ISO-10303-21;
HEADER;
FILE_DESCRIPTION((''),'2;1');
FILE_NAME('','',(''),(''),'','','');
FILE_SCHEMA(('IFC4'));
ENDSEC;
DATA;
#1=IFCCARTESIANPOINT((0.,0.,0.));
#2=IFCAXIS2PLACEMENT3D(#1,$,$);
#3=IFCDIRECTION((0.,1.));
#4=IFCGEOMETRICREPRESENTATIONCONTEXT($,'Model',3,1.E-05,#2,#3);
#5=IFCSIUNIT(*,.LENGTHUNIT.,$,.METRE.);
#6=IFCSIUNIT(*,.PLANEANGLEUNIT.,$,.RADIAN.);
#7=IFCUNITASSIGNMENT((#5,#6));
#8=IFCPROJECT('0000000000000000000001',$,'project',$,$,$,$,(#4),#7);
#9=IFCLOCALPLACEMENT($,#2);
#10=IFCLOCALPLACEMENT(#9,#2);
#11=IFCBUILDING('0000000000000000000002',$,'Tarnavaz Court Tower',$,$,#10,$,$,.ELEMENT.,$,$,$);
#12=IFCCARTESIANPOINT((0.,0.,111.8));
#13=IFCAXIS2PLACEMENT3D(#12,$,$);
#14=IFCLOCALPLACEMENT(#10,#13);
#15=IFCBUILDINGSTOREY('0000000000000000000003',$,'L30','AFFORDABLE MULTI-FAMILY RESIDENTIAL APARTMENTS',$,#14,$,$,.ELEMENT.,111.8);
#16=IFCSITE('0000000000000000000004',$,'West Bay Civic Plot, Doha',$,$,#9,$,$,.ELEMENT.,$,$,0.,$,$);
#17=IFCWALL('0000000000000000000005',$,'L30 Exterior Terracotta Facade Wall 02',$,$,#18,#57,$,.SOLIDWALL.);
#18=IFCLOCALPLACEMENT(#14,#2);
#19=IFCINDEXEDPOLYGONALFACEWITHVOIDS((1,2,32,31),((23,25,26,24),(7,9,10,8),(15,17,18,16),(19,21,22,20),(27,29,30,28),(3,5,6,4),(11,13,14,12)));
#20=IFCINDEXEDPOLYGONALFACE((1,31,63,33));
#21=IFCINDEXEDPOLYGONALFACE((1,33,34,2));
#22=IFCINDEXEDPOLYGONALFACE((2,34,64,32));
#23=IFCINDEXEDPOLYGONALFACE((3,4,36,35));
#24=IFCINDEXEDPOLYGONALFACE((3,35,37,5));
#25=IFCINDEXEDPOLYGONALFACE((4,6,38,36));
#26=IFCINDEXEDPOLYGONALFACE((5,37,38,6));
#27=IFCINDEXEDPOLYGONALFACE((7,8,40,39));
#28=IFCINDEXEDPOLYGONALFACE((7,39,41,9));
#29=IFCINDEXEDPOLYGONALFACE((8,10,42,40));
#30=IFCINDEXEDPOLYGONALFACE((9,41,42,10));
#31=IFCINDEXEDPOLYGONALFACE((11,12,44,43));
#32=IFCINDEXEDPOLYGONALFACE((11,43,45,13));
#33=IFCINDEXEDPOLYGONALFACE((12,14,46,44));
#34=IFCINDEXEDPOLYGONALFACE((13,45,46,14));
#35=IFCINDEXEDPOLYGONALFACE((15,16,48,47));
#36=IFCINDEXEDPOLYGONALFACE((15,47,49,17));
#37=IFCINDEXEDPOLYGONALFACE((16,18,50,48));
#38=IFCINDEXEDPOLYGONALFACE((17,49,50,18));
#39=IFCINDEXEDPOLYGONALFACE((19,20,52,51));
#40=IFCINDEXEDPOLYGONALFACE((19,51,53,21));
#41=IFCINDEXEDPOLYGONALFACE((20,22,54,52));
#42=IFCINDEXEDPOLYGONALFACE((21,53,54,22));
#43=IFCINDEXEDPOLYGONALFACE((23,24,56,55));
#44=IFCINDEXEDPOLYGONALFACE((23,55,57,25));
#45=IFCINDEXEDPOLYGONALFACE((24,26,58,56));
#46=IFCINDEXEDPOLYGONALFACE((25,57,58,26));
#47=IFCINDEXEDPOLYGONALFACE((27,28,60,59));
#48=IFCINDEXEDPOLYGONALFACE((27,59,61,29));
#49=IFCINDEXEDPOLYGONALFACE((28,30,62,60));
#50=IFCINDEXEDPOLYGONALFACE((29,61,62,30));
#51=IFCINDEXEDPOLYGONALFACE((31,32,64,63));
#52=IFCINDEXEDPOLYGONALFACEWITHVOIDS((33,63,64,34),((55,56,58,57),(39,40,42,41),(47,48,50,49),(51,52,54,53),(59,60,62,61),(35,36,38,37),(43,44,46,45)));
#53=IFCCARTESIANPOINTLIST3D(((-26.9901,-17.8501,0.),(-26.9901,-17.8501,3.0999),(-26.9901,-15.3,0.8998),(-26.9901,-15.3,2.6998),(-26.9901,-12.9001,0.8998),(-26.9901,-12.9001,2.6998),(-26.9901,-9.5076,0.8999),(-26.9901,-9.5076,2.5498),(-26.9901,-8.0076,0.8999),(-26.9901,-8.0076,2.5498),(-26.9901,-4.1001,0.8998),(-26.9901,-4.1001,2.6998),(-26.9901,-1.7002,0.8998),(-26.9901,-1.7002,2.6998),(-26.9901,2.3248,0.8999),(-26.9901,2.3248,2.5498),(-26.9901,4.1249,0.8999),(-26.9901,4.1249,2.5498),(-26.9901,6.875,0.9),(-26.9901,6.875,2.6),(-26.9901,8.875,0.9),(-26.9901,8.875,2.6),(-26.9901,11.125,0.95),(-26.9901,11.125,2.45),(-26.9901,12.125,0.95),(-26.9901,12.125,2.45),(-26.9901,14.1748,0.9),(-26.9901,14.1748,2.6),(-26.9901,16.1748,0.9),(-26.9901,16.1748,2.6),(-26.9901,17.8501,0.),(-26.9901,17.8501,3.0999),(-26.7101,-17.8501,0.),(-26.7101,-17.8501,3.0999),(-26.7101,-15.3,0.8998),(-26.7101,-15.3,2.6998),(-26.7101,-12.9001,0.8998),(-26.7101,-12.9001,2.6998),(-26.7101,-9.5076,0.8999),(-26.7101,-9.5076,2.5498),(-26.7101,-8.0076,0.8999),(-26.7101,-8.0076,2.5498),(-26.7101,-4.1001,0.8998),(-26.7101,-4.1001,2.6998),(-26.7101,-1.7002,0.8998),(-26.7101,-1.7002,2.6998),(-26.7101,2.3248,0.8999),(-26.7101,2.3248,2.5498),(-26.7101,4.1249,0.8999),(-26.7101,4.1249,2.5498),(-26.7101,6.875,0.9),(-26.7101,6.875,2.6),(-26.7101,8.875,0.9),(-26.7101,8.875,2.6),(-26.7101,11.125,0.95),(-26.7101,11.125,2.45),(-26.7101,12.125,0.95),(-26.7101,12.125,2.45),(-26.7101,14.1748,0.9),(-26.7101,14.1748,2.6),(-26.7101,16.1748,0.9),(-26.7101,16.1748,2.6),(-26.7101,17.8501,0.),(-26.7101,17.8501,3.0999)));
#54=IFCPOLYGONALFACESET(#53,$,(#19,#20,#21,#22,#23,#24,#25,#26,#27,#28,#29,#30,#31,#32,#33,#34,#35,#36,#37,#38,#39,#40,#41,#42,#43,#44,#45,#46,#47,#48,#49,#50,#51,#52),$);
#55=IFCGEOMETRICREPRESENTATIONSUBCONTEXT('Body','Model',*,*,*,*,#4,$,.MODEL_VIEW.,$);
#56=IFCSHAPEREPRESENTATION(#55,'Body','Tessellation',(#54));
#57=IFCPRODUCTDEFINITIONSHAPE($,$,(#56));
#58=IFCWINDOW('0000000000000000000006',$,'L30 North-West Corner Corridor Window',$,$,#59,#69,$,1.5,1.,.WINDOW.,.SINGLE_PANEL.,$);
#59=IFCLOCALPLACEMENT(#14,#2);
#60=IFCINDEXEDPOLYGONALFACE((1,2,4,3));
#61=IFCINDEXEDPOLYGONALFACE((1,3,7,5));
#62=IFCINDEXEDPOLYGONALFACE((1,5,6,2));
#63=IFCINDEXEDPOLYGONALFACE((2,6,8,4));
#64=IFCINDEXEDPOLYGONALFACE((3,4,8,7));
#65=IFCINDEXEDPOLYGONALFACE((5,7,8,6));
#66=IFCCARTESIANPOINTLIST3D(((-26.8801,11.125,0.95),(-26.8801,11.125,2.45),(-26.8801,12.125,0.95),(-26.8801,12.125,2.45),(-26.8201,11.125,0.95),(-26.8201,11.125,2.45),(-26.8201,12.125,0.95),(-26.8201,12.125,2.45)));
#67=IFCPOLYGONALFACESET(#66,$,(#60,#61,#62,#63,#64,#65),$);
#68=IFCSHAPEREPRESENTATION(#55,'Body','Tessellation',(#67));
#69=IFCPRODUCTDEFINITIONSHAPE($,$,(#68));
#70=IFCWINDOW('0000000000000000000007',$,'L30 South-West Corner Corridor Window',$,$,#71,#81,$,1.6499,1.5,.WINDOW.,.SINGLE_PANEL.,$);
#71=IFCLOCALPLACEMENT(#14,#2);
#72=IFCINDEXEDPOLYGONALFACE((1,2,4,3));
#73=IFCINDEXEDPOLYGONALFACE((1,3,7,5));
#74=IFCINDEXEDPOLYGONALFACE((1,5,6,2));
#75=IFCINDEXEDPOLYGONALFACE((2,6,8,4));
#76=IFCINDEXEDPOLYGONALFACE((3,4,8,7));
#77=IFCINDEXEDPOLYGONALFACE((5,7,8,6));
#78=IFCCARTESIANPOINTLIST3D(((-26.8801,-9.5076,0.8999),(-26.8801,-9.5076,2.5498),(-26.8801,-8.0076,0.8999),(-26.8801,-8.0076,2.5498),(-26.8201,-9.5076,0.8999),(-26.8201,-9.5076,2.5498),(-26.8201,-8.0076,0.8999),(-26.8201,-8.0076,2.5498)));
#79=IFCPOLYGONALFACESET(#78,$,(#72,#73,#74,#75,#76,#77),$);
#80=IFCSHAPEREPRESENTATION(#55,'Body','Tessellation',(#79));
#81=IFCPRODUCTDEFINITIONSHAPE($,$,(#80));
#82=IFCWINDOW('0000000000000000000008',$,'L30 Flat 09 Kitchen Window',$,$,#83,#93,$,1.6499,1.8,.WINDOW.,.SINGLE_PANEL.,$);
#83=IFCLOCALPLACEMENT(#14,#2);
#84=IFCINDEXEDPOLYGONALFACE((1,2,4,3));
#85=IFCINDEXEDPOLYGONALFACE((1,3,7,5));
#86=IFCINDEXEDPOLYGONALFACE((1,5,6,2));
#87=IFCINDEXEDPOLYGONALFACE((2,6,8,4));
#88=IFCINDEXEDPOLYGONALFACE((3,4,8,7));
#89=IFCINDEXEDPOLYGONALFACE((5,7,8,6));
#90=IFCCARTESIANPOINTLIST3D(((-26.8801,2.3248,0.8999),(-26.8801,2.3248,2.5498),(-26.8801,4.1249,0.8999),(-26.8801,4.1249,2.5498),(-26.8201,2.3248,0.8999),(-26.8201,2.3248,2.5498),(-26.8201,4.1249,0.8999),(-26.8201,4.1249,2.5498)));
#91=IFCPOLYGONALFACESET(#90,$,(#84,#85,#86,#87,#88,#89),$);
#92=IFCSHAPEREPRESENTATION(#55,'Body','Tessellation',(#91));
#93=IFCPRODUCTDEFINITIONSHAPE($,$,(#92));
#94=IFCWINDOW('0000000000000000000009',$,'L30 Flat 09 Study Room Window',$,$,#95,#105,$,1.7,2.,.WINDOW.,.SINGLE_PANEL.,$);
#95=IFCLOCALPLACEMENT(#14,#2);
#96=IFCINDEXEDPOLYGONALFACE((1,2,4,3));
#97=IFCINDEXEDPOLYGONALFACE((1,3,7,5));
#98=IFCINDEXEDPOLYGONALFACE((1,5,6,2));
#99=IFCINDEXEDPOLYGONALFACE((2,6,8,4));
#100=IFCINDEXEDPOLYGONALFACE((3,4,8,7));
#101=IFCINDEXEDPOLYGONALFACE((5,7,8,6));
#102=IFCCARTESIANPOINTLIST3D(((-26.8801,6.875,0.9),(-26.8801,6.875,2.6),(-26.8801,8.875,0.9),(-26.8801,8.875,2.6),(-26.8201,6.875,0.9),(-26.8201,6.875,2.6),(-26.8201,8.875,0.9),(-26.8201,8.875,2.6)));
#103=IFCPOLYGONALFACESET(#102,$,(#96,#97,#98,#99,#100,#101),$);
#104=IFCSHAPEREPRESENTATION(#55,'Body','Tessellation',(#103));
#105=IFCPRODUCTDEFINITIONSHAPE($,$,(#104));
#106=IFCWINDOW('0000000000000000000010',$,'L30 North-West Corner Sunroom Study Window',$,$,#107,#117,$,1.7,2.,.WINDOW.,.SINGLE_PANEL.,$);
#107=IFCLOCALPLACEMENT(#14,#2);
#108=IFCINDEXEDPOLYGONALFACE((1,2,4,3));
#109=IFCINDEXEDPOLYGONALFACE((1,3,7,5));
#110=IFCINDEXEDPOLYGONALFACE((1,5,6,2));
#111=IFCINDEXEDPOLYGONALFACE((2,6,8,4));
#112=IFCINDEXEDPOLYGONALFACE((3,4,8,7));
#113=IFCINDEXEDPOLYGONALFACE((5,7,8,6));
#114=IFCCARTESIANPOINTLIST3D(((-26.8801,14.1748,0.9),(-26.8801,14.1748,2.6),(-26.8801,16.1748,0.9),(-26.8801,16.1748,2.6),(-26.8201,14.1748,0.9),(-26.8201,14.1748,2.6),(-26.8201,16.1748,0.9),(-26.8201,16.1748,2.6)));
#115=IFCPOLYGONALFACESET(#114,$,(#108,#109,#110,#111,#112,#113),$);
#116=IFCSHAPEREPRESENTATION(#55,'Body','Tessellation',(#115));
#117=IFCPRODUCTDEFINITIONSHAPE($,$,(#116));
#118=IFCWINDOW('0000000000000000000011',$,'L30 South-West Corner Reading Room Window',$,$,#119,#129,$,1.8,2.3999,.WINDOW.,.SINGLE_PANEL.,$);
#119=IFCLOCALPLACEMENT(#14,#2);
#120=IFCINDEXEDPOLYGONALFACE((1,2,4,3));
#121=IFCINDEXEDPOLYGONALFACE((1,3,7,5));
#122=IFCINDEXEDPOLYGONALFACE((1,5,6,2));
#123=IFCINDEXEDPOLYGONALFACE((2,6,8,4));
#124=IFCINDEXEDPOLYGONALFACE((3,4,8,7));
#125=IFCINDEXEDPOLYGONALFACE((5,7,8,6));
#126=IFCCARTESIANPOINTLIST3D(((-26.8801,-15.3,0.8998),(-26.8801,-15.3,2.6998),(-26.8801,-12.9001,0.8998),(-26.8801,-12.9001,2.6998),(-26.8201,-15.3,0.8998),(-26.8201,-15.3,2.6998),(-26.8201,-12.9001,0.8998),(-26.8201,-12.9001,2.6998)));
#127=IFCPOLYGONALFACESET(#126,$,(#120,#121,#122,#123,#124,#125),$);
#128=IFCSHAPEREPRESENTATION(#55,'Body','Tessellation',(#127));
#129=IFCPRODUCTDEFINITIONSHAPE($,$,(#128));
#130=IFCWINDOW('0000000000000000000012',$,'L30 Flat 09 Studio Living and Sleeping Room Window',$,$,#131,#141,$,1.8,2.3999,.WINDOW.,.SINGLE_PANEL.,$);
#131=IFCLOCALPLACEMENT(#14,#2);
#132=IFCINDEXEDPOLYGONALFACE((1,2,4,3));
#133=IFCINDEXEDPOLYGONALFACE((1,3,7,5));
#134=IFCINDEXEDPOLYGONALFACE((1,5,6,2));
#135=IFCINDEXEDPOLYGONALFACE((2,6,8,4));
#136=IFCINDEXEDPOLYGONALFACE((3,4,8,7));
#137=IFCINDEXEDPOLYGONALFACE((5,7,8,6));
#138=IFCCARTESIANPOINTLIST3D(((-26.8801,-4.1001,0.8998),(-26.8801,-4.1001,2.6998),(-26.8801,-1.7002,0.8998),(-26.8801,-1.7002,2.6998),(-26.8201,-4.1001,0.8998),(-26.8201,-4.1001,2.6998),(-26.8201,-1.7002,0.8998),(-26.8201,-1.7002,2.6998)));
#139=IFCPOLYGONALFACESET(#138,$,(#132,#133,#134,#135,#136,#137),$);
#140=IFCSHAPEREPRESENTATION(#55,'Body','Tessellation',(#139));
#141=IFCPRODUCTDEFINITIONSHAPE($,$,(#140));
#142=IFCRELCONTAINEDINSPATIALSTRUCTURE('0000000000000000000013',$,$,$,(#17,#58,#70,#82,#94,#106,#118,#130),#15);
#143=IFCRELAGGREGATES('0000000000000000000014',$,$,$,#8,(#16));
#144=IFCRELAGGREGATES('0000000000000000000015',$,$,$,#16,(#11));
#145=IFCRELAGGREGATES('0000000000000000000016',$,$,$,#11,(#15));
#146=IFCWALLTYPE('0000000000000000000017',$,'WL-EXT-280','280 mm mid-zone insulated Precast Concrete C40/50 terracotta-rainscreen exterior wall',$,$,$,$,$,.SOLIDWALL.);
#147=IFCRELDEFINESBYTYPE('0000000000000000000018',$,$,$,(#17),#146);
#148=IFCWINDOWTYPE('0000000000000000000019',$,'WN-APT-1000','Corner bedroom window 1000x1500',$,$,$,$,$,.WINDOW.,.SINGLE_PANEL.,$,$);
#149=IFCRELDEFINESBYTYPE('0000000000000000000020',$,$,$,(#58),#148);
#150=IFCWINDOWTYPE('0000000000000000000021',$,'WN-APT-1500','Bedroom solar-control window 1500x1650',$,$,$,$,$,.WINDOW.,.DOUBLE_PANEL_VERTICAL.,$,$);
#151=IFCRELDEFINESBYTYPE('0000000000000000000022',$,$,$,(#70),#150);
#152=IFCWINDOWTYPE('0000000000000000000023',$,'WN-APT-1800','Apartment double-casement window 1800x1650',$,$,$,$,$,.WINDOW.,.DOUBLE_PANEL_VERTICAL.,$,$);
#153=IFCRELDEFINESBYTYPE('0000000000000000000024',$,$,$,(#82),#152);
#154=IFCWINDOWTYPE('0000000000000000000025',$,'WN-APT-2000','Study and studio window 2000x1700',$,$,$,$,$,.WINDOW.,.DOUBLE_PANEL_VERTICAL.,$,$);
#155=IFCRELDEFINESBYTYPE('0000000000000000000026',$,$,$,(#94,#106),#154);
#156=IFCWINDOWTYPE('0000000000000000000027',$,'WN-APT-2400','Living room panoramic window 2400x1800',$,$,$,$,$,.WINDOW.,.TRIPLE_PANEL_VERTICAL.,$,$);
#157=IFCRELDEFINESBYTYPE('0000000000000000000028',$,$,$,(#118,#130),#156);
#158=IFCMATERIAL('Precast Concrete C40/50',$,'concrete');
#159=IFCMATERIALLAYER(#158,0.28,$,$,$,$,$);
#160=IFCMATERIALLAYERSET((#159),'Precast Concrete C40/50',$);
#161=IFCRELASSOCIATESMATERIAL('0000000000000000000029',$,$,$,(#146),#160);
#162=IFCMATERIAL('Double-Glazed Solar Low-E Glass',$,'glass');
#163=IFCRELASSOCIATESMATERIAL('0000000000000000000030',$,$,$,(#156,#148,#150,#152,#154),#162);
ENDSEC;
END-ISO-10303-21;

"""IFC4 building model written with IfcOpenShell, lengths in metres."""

from ifc_helpers import new_model, si_unit, direction, frame, frame_2d, origin, place, context, subcontext, project, spatial, rectangle, extrude, material, layer, layer_set, type_object, element, fill, save


model = new_model("IFC4")

# Units and contexts
model_context = context("Model", 3, precision=1e-05, world=origin(), true_north=direction((0.0, 1.0)))
body_context = subcontext(model_context, "Body", "Model", "MODEL_VIEW")
ifc_project = project(units=[si_unit("LENGTHUNIT", "METRE"), si_unit("PLANEANGLEUNIT", "RADIAN")], contexts=[model_context])

# Site, building, storey
site_placement = place(None, origin())
site = spatial("IfcSite", under=ifc_project, at=site_placement, Name="West Bay Civic Plot, Doha", CompositionType="ELEMENT", RefElevation=0.0)
building_placement = place(site_placement, origin())
building = spatial("IfcBuilding", under=site, at=building_placement, Name="Tarnavaz Court Tower", CompositionType="ELEMENT")
storey_placement = place(building_placement, frame((0.0, 0.0, 111.8)))
storey = spatial("IfcBuildingStorey", under=building, at=storey_placement, Name="L30", Description="AFFORDABLE MULTI-FAMILY RESIDENTIAL APARTMENTS", CompositionType="ELEMENT", Elevation=111.8)

# Shared definitions
ifc_material_1 = material(Name="Precast Concrete C40/50", Category="concrete")
ifc_layer_1 = layer(ifc_material_1, 0.28)
ifc_layer_set_1 = layer_set([ifc_layer_1], Name="Precast Concrete C40/50")
wall_type_1 = type_object("IfcWallType", Name="WL-EXT-280", Description="280 mm mid-zone insulated Precast Concrete C40/50 terracotta-rainscreen exterior wall", PredefinedType="SOLIDWALL", material=ifc_layer_set_1)
ifc_material_2 = material(Name="Double-Glazed Solar Low-E Glass", Category="glass")
window_type_1 = type_object("IfcWindowType", Name="WN-APT-2400", Description="Living room panoramic window 2400x1800", PartitioningType="TRIPLE_PANEL_VERTICAL", PredefinedType="WINDOW", material=ifc_material_2)

# Wall, openings, windows
wall_1_placement = place(storey_placement, frame((-26.8501, -17.8501, 0.0), z_axis=(0.0, 0.0, 1.0), x_axis=(0.0, 1.0, 0.0)))
wall_1 = element("IfcWall", 1, at=wall_1_placement, inside=storey, type_object=wall_type_1, Name="L30 Exterior Terracotta Facade Wall 02", PredefinedType="SOLIDWALL", context=body_context, shape_type="SweptSolid", body=[
    extrude(rectangle(XDim=35.7002, YDim=0.28, at=frame_2d((17.8501, 0.0))), origin(), (0.0, 0.0, 1.0), 3.0999),
])
opening_1_placement = place(wall_1_placement, frame((2.55, 0.0, 0.8999)))
opening_1 = element("IfcOpeningElement", 2, at=opening_1_placement, cuts=wall_1, PredefinedType="OPENING", context=body_context, shape_type="SweptSolid", body=[
    extrude(rectangle(XDim=2.3999, YDim=1.8, at=frame_2d((1.2, 0.8999))), frame((0.0, 0.1499, 0.0), z_axis=(0.0, -1.0, 0.0), x_axis=(1.0, 0.0, 0.0)), (0.0, 0.0, 1.0), 0.3),
])
opening_2_placement = place(wall_1_placement, frame((8.3425, 0.0, 0.8999)))
opening_2 = element("IfcOpeningElement", 3, at=opening_2_placement, cuts=wall_1, PredefinedType="OPENING", context=body_context, shape_type="SweptSolid", body=[
    extrude(rectangle(XDim=1.5, YDim=1.6499, at=frame_2d((0.75, 0.825))), frame((0.0, 0.1499, 0.0), z_axis=(0.0, -1.0, 0.0), x_axis=(1.0, 0.0, 0.0)), (0.0, 0.0, 1.0), 0.3),
])
opening_3_placement = place(wall_1_placement, frame((13.75, 0.0, 0.8999)))
opening_3 = element("IfcOpeningElement", 4, at=opening_3_placement, cuts=wall_1, PredefinedType="OPENING", context=body_context, shape_type="SweptSolid", body=[
    extrude(rectangle(XDim=2.3999, YDim=1.8, at=frame_2d((1.2, 0.8999))), frame((0.0, 0.1499, 0.0), z_axis=(0.0, -1.0, 0.0), x_axis=(1.0, 0.0, 0.0)), (0.0, 0.0, 1.0), 0.3),
])
opening_4_placement = place(wall_1_placement, frame((20.175, 0.0, 0.8999)))
opening_4 = element("IfcOpeningElement", 5, at=opening_4_placement, cuts=wall_1, PredefinedType="OPENING", context=body_context, shape_type="SweptSolid", body=[
    extrude(rectangle(XDim=1.8, YDim=1.6499, at=frame_2d((0.8999, 0.825))), frame((0.0, 0.1499, 0.0), z_axis=(0.0, -1.0, 0.0), x_axis=(1.0, 0.0, 0.0)), (0.0, 0.0, 1.0), 0.3),
])
opening_5_placement = place(wall_1_placement, frame((24.7251, 0.0, 0.8999)))
opening_5 = element("IfcOpeningElement", 6, at=opening_5_placement, cuts=wall_1, PredefinedType="OPENING", context=body_context, shape_type="SweptSolid", body=[
    extrude(rectangle(XDim=2.0, YDim=1.7, at=frame_2d((1.0, 0.8501))), frame((0.0, 0.1499, 0.0), z_axis=(0.0, -1.0, 0.0), x_axis=(1.0, 0.0, 0.0)), (0.0, 0.0, 1.0), 0.3),
])
opening_6_placement = place(wall_1_placement, frame((28.9751, 0.0, 0.95)))
opening_6 = element("IfcOpeningElement", 7, at=opening_6_placement, cuts=wall_1, PredefinedType="OPENING", context=body_context, shape_type="SweptSolid", body=[
    extrude(rectangle(XDim=1.0, YDim=1.5, at=frame_2d((0.5, 0.75))), frame((0.0, 0.1499, 0.0), z_axis=(0.0, -1.0, 0.0), x_axis=(1.0, 0.0, 0.0)), (0.0, 0.0, 1.0), 0.3),
])
opening_7_placement = place(wall_1_placement, frame((32.0249, 0.0, 0.8999)))
opening_7 = element("IfcOpeningElement", 8, at=opening_7_placement, cuts=wall_1, PredefinedType="OPENING", context=body_context, shape_type="SweptSolid", body=[
    extrude(rectangle(XDim=2.0, YDim=1.7, at=frame_2d((1.0, 0.8501))), frame((0.0, 0.1499, 0.0), z_axis=(0.0, -1.0, 0.0), x_axis=(1.0, 0.0, 0.0)), (0.0, 0.0, 1.0), 0.3),
])
window_type_2 = type_object("IfcWindowType", Name="WN-APT-1000", Description="Corner bedroom window 1000x1500", PartitioningType="SINGLE_PANEL", PredefinedType="WINDOW", material=ifc_material_2)
window_1_placement = place(opening_6_placement, origin())
window_1 = element("IfcWindow", 9, at=window_1_placement, inside=storey, type_object=window_type_2, Name="L30 North-West Corner Corridor Window", OverallHeight=1.5, OverallWidth=1.0, PartitioningType="SINGLE_PANEL", PredefinedType="WINDOW", context=body_context, shape_type="SweptSolid", body=[
    extrude(rectangle(XDim=1.0, YDim=1.5, at=frame_2d((0.5, 0.75))), frame((0.0, 0.03, 0.0), z_axis=(0.0, -1.0, 0.0), x_axis=(1.0, 0.0, 0.0)), (0.0, 0.0, 1.0), 0.0601),
])
fill(opening_6, window_1)
window_type_3 = type_object("IfcWindowType", Name="WN-APT-1500", Description="Bedroom solar-control window 1500x1650", PartitioningType="DOUBLE_PANEL_VERTICAL", PredefinedType="WINDOW", material=ifc_material_2)
window_2_placement = place(opening_2_placement, origin())
window_2 = element("IfcWindow", 10, at=window_2_placement, inside=storey, type_object=window_type_3, Name="L30 South-West Corner Corridor Window", OverallHeight=1.6499, OverallWidth=1.5, PartitioningType="SINGLE_PANEL", PredefinedType="WINDOW", context=body_context, shape_type="SweptSolid", body=[
    extrude(rectangle(XDim=1.5, YDim=1.6499, at=frame_2d((0.75, 0.825))), frame((0.0, 0.03, 0.0), z_axis=(0.0, -1.0, 0.0), x_axis=(1.0, 0.0, 0.0)), (0.0, 0.0, 1.0), 0.0601),
])
fill(opening_2, window_2)
window_type_4 = type_object("IfcWindowType", Name="WN-APT-1800", Description="Apartment double-casement window 1800x1650", PartitioningType="DOUBLE_PANEL_VERTICAL", PredefinedType="WINDOW", material=ifc_material_2)
window_3_placement = place(opening_4_placement, origin())
window_3 = element("IfcWindow", 11, at=window_3_placement, inside=storey, type_object=window_type_4, Name="L30 Flat 09 Kitchen Window", OverallHeight=1.6499, OverallWidth=1.8, PartitioningType="SINGLE_PANEL", PredefinedType="WINDOW", context=body_context, shape_type="SweptSolid", body=[
    extrude(rectangle(XDim=1.8, YDim=1.6499, at=frame_2d((0.8999, 0.825))), frame((0.0, 0.03, 0.0), z_axis=(0.0, -1.0, 0.0), x_axis=(1.0, 0.0, 0.0)), (0.0, 0.0, 1.0), 0.0601),
])
fill(opening_4, window_3)
window_type_5 = type_object("IfcWindowType", Name="WN-APT-2000", Description="Study and studio window 2000x1700", PartitioningType="DOUBLE_PANEL_VERTICAL", PredefinedType="WINDOW", material=ifc_material_2)
window_4_placement = place(opening_5_placement, origin())
window_4 = element("IfcWindow", 12, at=window_4_placement, inside=storey, type_object=window_type_5, Name="L30 Flat 09 Study Room Window", OverallHeight=1.7, OverallWidth=2.0, PartitioningType="SINGLE_PANEL", PredefinedType="WINDOW", context=body_context, shape_type="SweptSolid", body=[
    extrude(rectangle(XDim=2.0, YDim=1.7, at=frame_2d((1.0, 0.8501))), frame((0.0, 0.03, 0.0), z_axis=(0.0, -1.0, 0.0), x_axis=(1.0, 0.0, 0.0)), (0.0, 0.0, 1.0), 0.0601),
])
fill(opening_5, window_4)
window_5_placement = place(opening_7_placement, origin())
window_5 = element("IfcWindow", 13, at=window_5_placement, inside=storey, type_object=window_type_5, Name="L30 North-West Corner Sunroom Study Window", OverallHeight=1.7, OverallWidth=2.0, PartitioningType="SINGLE_PANEL", PredefinedType="WINDOW", context=body_context, shape_type="SweptSolid", body=[
    extrude(rectangle(XDim=2.0, YDim=1.7, at=frame_2d((1.0, 0.8501))), frame((0.0, 0.03, 0.0), z_axis=(0.0, -1.0, 0.0), x_axis=(1.0, 0.0, 0.0)), (0.0, 0.0, 1.0), 0.0601),
])
fill(opening_7, window_5)
window_6_placement = place(opening_1_placement, origin())
window_6 = element("IfcWindow", 14, at=window_6_placement, inside=storey, type_object=window_type_1, Name="L30 South-West Corner Reading Room Window", OverallHeight=1.8, OverallWidth=2.3999, PartitioningType="SINGLE_PANEL", PredefinedType="WINDOW", context=body_context, shape_type="SweptSolid", body=[
    extrude(rectangle(XDim=2.3999, YDim=1.8, at=frame_2d((1.2, 0.8999))), frame((0.0, 0.03, 0.0), z_axis=(0.0, -1.0, 0.0), x_axis=(1.0, 0.0, 0.0)), (0.0, 0.0, 1.0), 0.0601),
])
fill(opening_1, window_6)
window_7_placement = place(opening_3_placement, origin())
window_7 = element("IfcWindow", 15, at=window_7_placement, inside=storey, type_object=window_type_1, Name="L30 Flat 09 Studio Living and Sleeping Room Window", OverallHeight=1.8, OverallWidth=2.3999, PartitioningType="SINGLE_PANEL", PredefinedType="WINDOW", context=body_context, shape_type="SweptSolid", body=[
    extrude(rectangle(XDim=2.3999, YDim=1.8, at=frame_2d((1.2, 0.8999))), frame((0.0, 0.03, 0.0), z_axis=(0.0, -1.0, 0.0), x_axis=(1.0, 0.0, 0.0)), (0.0, 0.0, 1.0), 0.0601),
])
fill(opening_3, window_7)

save(model, "model.ifc")
